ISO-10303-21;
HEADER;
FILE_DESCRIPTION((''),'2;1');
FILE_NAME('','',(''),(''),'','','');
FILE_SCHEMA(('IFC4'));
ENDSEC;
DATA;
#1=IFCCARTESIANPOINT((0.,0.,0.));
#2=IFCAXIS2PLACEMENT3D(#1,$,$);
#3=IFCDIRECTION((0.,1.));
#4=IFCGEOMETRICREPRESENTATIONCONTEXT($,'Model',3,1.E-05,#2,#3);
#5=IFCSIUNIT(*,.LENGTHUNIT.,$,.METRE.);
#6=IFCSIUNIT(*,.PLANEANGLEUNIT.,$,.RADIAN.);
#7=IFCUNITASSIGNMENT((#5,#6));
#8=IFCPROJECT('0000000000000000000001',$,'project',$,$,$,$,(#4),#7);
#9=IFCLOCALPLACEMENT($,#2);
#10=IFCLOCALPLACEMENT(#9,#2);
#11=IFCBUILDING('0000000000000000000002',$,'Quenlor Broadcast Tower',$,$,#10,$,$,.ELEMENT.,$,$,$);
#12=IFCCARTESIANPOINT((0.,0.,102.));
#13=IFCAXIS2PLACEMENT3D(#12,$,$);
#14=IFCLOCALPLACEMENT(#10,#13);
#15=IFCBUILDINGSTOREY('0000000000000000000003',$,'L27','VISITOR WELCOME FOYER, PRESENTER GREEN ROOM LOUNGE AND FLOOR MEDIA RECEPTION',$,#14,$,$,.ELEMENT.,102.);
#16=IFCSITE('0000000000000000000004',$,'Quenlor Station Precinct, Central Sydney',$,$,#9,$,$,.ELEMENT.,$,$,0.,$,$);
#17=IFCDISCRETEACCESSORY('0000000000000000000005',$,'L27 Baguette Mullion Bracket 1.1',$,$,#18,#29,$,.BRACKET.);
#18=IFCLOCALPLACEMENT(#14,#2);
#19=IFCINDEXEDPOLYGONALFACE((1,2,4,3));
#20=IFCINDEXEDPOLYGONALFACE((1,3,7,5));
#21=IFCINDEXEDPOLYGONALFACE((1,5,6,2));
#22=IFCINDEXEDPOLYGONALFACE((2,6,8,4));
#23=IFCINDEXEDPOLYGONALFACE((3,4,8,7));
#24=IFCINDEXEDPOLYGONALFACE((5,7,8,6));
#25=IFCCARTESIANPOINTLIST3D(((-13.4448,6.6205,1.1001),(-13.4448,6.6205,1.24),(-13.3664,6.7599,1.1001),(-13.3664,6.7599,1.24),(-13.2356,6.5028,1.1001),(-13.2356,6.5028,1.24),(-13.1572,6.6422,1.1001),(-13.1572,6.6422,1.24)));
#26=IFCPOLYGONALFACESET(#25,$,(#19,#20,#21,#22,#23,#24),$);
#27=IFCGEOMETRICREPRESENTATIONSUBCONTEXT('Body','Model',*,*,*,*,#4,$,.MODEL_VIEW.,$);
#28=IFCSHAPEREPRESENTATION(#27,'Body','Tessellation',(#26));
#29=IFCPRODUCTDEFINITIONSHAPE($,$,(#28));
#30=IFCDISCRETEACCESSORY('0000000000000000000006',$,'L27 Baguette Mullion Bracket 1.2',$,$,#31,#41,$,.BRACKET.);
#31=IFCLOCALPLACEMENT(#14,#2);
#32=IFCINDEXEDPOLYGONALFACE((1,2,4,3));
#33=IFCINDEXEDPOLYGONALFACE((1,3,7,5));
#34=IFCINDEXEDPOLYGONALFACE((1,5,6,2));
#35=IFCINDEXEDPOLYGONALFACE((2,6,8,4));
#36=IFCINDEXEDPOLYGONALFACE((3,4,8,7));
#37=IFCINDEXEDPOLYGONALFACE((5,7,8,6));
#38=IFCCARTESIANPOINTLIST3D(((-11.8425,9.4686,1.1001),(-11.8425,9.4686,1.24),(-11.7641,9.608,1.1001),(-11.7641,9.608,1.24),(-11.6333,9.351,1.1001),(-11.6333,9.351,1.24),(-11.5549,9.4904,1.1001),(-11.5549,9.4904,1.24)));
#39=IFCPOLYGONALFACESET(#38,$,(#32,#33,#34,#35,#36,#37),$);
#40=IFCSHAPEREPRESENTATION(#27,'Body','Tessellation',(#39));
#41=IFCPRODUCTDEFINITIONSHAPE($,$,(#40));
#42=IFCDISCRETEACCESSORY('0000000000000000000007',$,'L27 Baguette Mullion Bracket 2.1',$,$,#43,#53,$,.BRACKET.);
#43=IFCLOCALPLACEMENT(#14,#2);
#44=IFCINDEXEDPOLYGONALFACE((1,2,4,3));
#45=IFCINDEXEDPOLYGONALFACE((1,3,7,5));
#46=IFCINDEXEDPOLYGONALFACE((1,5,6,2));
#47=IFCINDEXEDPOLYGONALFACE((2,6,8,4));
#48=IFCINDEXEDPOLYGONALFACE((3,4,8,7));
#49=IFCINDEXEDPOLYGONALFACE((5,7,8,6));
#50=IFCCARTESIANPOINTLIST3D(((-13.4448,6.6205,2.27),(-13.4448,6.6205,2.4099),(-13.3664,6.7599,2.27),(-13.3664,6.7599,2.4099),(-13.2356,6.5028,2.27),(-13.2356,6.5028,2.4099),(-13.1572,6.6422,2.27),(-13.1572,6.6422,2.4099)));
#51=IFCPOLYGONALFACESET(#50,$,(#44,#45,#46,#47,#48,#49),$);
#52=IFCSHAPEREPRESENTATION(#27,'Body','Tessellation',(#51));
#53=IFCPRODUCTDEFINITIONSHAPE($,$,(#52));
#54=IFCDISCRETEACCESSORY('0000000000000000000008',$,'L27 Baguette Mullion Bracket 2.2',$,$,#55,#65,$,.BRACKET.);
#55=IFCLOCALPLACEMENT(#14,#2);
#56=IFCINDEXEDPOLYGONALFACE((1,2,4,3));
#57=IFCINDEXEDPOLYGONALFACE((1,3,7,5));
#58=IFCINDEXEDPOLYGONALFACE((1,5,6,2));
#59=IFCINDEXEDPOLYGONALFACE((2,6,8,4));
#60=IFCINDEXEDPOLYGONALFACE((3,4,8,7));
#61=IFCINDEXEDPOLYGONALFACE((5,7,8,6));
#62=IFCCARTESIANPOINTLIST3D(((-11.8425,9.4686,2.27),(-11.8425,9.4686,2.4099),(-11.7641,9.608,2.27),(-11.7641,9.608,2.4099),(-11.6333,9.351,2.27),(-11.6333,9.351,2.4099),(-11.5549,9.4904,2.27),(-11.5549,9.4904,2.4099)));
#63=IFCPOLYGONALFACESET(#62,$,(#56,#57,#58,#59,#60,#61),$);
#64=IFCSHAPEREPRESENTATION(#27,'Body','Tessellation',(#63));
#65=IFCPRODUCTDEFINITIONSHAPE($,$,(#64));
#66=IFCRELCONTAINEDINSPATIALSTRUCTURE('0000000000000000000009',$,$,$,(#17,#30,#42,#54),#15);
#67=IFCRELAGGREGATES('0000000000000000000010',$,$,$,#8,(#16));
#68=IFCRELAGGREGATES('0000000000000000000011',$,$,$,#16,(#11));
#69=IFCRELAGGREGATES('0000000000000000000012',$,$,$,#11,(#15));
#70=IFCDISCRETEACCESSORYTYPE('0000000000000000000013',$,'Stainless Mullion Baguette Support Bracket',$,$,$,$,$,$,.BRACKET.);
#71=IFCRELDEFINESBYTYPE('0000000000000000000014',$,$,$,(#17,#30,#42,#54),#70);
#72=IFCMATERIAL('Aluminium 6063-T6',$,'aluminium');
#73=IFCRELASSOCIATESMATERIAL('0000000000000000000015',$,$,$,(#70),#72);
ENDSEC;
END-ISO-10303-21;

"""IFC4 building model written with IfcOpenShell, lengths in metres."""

from ifc_helpers import new_model, si_unit, direction, frame, origin, origin_2d, place, context, subcontext, project, spatial, rectangle, extrude, material, type_object, element, save


model = new_model("IFC4")

# Units and contexts
model_context = context("Model", 3, precision=1e-05, world=origin(), true_north=direction((0.0, 1.0)))
body_context = subcontext(model_context, "Body", "Model", "MODEL_VIEW")
ifc_project = project(units=[si_unit("LENGTHUNIT", "METRE"), si_unit("PLANEANGLEUNIT", "RADIAN")], contexts=[model_context])

# Site, building, storey
site_placement = place(None, origin())
site = spatial("IfcSite", under=ifc_project, at=site_placement, Name="Quenlor Station Precinct, Central Sydney", CompositionType="ELEMENT", RefElevation=0.0)
building_placement = place(site_placement, origin())
building = spatial("IfcBuilding", under=site, at=building_placement, Name="Quenlor Broadcast Tower", CompositionType="ELEMENT")
storey_placement = place(building_placement, frame((0.0, 0.0, 102.0)))
storey = spatial("IfcBuildingStorey", under=building, at=storey_placement, Name="L27", Description="VISITOR WELCOME FOYER, PRESENTER GREEN ROOM LOUNGE AND FLOOR MEDIA RECEPTION", CompositionType="ELEMENT", Elevation=102.0)

# Discrete accessories
ifc_material_1 = material(Name="Aluminium 6063-T6", Category="aluminium")
discrete_accessory_type = type_object("IfcDiscreteAccessoryType", Name="Stainless Mullion Baguette Support Bracket", PredefinedType="BRACKET", material=ifc_material_1)
for number, where, z_axis, x_axis, name in (
    (1, (-13.301, 6.6313, 1.1001), (0.0, 0.0, 1.0), (0.490262, 0.871575, 0.0), "L27 Baguette Mullion Bracket 1.1"),
    (2, (-11.6987, 9.4795, 1.1001), (0.0, 0.0, 1.0), (0.490262, 0.871575, 0.0), "L27 Baguette Mullion Bracket 1.2"),
    (3, (-13.301, 6.6313, 2.27), (0.0, 0.0, 1.0), (0.490262, 0.871575, 0.0), "L27 Baguette Mullion Bracket 2.1"),
    (4, (-11.6987, 9.4795, 2.27), (0.0, 0.0, 1.0), (0.490262, 0.871575, 0.0), "L27 Baguette Mullion Bracket 2.2"),
):
    element("IfcDiscreteAccessory", number, at=place(storey_placement, frame(where, z_axis=z_axis, x_axis=x_axis)), inside=storey, type_object=discrete_accessory_type, Name=name, PredefinedType="BRACKET", context=body_context, shape_type="SweptSolid", body=[
        extrude(rectangle(XDim=0.1599, YDim=0.24, at=origin_2d()), origin(), (0.0, 0.0, 1.0), 0.1399),
    ])

save(model, "model.ifc")
